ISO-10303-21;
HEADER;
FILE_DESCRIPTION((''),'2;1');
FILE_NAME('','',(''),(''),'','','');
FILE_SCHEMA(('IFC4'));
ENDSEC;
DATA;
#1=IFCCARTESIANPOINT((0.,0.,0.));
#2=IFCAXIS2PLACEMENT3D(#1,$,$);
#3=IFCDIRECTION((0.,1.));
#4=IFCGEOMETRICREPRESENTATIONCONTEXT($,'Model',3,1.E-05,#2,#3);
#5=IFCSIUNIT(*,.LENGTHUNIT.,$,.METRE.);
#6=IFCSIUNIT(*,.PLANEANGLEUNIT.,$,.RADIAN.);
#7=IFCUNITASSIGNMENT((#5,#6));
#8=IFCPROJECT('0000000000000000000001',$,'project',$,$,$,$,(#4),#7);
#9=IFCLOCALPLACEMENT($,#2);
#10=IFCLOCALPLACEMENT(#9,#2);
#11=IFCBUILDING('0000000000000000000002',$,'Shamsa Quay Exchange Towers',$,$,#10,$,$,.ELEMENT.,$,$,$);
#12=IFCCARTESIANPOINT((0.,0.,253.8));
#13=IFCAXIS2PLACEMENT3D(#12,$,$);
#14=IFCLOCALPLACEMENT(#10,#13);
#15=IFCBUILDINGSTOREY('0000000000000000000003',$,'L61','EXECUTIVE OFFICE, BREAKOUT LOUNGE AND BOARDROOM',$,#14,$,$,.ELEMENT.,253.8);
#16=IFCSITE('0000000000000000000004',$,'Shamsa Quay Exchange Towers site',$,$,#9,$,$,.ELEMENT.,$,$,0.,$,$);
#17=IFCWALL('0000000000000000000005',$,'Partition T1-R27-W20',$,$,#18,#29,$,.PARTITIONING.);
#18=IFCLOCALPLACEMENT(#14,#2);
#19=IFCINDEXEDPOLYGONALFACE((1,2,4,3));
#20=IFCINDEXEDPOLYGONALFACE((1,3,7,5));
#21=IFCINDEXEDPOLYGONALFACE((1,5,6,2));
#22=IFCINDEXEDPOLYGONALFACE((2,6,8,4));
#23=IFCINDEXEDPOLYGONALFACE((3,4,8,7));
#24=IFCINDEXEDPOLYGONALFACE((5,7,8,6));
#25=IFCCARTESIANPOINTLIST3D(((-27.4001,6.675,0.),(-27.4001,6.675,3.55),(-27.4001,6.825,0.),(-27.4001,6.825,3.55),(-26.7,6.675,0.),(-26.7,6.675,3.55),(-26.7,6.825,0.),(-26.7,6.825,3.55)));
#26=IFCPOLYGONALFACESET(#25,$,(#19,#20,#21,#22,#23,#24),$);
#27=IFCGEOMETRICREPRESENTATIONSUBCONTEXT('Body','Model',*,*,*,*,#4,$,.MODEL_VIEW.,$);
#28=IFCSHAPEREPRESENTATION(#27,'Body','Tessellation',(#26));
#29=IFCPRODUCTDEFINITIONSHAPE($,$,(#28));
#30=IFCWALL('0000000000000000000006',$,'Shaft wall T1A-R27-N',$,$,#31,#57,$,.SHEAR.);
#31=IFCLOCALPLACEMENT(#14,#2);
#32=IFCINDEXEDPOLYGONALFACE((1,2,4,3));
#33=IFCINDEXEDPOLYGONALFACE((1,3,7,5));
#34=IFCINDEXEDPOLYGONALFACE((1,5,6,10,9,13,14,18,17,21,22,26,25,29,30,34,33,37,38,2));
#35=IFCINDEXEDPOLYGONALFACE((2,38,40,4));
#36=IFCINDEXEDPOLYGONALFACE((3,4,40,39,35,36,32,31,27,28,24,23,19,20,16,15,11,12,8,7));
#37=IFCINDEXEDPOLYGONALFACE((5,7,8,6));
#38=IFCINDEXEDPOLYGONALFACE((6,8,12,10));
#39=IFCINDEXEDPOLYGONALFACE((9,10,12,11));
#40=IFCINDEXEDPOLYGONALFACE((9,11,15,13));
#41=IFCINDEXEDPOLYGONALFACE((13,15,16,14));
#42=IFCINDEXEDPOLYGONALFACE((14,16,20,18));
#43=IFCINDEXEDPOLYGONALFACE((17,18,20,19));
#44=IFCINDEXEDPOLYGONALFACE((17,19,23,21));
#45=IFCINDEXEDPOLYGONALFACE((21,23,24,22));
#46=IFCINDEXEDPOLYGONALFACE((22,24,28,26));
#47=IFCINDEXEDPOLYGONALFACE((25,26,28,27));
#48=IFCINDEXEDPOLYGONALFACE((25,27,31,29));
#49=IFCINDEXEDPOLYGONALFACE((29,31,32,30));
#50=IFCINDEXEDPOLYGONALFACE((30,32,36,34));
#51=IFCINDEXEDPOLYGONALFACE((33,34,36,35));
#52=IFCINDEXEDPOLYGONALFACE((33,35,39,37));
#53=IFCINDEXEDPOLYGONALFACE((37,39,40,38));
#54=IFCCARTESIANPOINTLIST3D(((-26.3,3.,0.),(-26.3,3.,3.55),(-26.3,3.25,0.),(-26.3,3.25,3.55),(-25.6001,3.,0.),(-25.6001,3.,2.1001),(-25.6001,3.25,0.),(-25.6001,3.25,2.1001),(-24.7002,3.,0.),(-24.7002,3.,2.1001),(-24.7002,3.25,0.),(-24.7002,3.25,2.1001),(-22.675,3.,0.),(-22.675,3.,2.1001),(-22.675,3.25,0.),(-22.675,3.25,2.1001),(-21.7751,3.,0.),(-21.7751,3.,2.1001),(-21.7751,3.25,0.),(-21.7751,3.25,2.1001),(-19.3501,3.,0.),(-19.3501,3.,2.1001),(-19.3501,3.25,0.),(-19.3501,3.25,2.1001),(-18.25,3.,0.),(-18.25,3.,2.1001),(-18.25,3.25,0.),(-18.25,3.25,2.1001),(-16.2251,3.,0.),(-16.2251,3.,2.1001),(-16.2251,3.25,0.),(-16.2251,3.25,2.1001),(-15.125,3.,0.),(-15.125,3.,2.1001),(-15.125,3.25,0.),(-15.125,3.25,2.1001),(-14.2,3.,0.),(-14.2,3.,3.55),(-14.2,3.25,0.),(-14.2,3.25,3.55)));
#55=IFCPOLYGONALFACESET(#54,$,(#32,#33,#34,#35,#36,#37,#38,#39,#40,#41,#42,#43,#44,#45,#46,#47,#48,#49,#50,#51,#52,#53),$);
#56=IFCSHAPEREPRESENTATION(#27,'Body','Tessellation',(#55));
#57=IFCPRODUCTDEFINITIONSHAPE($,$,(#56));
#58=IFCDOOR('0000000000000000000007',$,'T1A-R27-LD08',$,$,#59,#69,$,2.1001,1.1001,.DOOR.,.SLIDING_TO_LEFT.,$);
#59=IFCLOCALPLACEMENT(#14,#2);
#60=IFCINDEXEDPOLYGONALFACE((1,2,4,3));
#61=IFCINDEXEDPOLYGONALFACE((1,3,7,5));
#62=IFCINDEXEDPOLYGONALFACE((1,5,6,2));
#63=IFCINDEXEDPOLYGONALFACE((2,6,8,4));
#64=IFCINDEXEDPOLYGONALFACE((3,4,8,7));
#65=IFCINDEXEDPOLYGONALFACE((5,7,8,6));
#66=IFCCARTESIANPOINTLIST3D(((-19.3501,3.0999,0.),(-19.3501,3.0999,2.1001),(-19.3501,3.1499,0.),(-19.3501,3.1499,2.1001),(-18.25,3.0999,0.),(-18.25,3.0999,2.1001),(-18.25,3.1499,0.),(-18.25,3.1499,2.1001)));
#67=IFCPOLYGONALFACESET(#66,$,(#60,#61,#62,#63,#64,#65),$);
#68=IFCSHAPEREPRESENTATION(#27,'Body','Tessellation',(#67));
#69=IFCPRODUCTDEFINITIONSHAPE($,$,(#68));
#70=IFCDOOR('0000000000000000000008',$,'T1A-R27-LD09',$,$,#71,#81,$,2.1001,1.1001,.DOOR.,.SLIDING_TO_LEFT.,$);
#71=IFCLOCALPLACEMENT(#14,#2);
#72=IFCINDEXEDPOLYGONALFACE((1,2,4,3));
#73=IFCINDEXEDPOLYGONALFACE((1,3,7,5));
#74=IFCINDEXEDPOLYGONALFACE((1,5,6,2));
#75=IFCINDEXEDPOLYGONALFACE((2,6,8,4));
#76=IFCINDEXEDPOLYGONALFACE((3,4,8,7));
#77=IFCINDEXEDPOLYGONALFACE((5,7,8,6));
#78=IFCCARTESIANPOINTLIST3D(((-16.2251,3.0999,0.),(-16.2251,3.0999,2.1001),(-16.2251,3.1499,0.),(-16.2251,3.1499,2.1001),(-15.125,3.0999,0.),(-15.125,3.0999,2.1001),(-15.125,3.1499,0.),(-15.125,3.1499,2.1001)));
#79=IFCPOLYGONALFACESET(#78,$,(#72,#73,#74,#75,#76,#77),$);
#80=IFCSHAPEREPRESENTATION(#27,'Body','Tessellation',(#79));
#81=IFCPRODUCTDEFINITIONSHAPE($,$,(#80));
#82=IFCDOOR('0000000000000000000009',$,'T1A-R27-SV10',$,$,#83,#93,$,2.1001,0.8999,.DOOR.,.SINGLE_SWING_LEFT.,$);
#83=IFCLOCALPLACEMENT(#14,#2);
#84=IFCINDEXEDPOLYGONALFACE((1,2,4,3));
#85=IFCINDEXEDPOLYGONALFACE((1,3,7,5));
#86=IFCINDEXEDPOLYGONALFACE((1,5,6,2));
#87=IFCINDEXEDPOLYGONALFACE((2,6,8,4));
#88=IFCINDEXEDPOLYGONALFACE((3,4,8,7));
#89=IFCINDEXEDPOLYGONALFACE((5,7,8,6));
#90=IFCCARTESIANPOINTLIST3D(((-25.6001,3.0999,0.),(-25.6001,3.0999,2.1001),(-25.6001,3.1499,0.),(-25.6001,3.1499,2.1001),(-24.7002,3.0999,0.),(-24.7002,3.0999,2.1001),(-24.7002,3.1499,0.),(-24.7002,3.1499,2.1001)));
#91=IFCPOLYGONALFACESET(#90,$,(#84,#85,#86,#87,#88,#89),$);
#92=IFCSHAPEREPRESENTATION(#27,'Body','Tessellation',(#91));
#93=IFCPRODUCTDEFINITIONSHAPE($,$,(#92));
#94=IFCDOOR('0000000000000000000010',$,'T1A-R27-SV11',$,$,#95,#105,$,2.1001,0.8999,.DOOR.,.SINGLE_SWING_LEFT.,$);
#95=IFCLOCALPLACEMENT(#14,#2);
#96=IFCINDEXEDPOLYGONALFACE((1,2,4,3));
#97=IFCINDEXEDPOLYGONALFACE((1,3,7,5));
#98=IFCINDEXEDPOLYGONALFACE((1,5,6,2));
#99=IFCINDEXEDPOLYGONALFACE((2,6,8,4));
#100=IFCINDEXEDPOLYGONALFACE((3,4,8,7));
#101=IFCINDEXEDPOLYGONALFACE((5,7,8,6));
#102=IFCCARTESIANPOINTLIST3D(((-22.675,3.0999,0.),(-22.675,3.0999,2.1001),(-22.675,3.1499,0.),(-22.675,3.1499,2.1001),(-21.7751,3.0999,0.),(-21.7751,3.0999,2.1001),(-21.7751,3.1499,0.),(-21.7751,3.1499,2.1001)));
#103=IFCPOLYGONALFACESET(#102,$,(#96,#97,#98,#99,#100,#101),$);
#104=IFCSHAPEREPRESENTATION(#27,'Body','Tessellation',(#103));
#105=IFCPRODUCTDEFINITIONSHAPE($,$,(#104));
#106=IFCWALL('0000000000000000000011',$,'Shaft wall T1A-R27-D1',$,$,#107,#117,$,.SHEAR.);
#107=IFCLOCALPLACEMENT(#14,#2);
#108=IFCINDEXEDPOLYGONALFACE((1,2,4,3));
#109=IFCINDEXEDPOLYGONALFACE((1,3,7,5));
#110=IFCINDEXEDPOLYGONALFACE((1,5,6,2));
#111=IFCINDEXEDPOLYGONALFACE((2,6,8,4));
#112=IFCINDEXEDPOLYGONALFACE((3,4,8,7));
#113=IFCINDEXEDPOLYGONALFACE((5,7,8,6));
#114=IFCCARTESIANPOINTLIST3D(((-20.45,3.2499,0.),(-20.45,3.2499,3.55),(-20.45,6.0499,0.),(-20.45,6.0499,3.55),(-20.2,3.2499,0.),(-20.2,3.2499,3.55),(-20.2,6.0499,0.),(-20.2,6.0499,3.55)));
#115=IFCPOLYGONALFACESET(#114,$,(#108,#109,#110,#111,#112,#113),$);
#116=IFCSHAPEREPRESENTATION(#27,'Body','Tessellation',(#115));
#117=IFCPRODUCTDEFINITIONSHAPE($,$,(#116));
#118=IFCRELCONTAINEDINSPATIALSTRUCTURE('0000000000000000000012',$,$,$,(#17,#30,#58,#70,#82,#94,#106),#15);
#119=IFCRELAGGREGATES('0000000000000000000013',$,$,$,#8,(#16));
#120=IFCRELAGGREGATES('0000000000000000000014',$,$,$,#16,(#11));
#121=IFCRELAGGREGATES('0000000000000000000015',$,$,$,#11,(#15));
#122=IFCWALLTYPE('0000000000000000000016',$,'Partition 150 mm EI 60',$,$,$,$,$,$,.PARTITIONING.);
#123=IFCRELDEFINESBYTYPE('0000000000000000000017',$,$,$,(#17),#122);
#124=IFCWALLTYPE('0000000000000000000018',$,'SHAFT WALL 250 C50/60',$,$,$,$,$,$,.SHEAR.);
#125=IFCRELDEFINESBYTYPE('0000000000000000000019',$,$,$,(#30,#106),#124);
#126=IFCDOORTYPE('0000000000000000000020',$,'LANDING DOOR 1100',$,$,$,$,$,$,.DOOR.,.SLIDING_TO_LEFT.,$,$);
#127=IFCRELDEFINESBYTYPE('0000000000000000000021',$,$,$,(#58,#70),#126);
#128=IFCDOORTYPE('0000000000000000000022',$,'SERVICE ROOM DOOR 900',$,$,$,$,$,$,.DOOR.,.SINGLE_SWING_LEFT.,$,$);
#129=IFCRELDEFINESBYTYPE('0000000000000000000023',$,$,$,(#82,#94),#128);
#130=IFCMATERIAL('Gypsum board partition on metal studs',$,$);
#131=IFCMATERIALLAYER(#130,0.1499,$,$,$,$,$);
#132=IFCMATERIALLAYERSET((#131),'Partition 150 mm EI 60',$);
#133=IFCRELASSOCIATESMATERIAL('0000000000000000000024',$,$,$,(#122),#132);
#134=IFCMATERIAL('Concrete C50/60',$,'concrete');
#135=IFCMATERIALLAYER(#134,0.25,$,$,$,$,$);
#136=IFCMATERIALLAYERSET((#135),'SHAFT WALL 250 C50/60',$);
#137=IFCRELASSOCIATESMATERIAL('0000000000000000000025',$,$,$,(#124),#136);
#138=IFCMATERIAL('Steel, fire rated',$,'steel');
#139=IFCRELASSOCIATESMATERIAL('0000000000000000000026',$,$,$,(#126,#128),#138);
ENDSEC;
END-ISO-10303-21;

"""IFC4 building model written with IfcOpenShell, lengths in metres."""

from ifc_helpers import new_model, si_unit, direction, frame, frame_2d, origin, place, context, subcontext, project, spatial, rectangle, extrude, material, layer, layer_set, type_object, element, fill, save


model = new_model("IFC4")

# Units and contexts
model_context = context("Model", 3, precision=1e-05, world=origin(), true_north=direction((0.0, 1.0)))
body_context = subcontext(model_context, "Body", "Model", "MODEL_VIEW")
ifc_project = project(units=[si_unit("LENGTHUNIT", "METRE"), si_unit("PLANEANGLEUNIT", "RADIAN")], contexts=[model_context])

# Site, building, storey
site_placement = place(None, origin())
site = spatial("IfcSite", under=ifc_project, at=site_placement, Name="Shamsa Quay Exchange Towers site", CompositionType="ELEMENT", RefElevation=0.0)
building_placement = place(site_placement, origin())
building = spatial("IfcBuilding", under=site, at=building_placement, Name="Shamsa Quay Exchange Towers", CompositionType="ELEMENT")
storey_placement = place(building_placement, frame((0.0, 0.0, 253.8)))
storey = spatial("IfcBuildingStorey", under=building, at=storey_placement, Name="L61", Description="EXECUTIVE OFFICE, BREAKOUT LOUNGE AND BOARDROOM", CompositionType="ELEMENT", Elevation=253.8)

# Shared definitions
ifc_material_1 = material(Name="Steel, fire rated", Category="steel")

# Shared definitions
ifc_material_2 = material(Name="Gypsum board partition on metal studs")
ifc_layer_1 = layer(ifc_material_2, 0.1499)
ifc_layer_set_1 = layer_set([ifc_layer_1], Name="Partition 150 mm EI 60")
wall_type_1 = type_object("IfcWallType", Name="Partition 150 mm EI 60", PredefinedType="PARTITIONING", material=ifc_layer_set_1)

# Wall
wall_1_placement = place(storey_placement, frame((-26.7, 6.75, 0.0), z_axis=(0.0, 0.0, 1.0), x_axis=(-1.0, 0.0, 0.0)))
element("IfcWall", 1, at=wall_1_placement, inside=storey, type_object=wall_type_1, Name="Partition T1-R27-W20", PredefinedType="PARTITIONING", context=body_context, shape_type="SweptSolid", body=[
    extrude(rectangle(XDim=0.7002, YDim=0.1499, at=frame_2d((0.3501, 0.0))), origin(), (0.0, 0.0, 1.0), 3.55),
])

# Wall, openings, doors
ifc_material_3 = material(Name="Concrete C50/60", Category="concrete")
ifc_layer_2 = layer(ifc_material_3, 0.25)
ifc_layer_set_2 = layer_set([ifc_layer_2], Name="SHAFT WALL 250 C50/60")
wall_type_2 = type_object("IfcWallType", Name="SHAFT WALL 250 C50/60", PredefinedType="SHEAR", material=ifc_layer_set_2)
wall_2_placement = place(storey_placement, frame((-26.3, 3.125, 0.0)))
wall_2 = element("IfcWall", 2, at=wall_2_placement, inside=storey, type_object=wall_type_2, Name="Shaft wall T1A-R27-N", PredefinedType="SHEAR", context=body_context, shape_type="SweptSolid", body=[
    extrude(rectangle(XDim=12.1001, YDim=0.25, at=frame_2d((6.05, 0.0))), origin(), (0.0, 0.0, 1.0), 3.55),
])
opening_1_placement = place(wall_2_placement, frame((6.95, 0.0, 0.0)))
opening_1 = element("IfcOpeningElement", 3, at=opening_1_placement, cuts=wall_2, PredefinedType="OPENING", context=body_context, shape_type="SweptSolid", body=[
    extrude(rectangle(XDim=1.1001, YDim=2.1001, at=frame_2d((0.55, 1.05))), frame((0.0, 0.135, 0.0), z_axis=(0.0, -1.0, 0.0), x_axis=(1.0, 0.0, 0.0)), (0.0, 0.0, 1.0), 0.27),
])
opening_2_placement = place(wall_2_placement, frame((10.075, 0.0, 0.0)))
opening_2 = element("IfcOpeningElement", 4, at=opening_2_placement, cuts=wall_2, PredefinedType="OPENING", context=body_context, shape_type="SweptSolid", body=[
    extrude(rectangle(XDim=1.1001, YDim=2.1001, at=frame_2d((0.55, 1.05))), frame((0.0, 0.135, 0.0), z_axis=(0.0, -1.0, 0.0), x_axis=(1.0, 0.0, 0.0)), (0.0, 0.0, 1.0), 0.27),
])
opening_3_placement = place(wall_2_placement, frame((0.7, 0.0, 0.0)))
opening_3 = element("IfcOpeningElement", 5, at=opening_3_placement, cuts=wall_2, PredefinedType="OPENING", context=body_context, shape_type="SweptSolid", body=[
    extrude(rectangle(XDim=0.8999, YDim=2.1001, at=frame_2d((0.45, 1.05))), frame((0.0, 0.135, 0.0), z_axis=(0.0, -1.0, 0.0), x_axis=(1.0, 0.0, 0.0)), (0.0, 0.0, 1.0), 0.27),
])
opening_4_placement = place(wall_2_placement, frame((3.625, 0.0, 0.0)))
opening_4 = element("IfcOpeningElement", 6, at=opening_4_placement, cuts=wall_2, PredefinedType="OPENING", context=body_context, shape_type="SweptSolid", body=[
    extrude(rectangle(XDim=0.8999, YDim=2.1001, at=frame_2d((0.45, 1.05))), frame((0.0, 0.135, 0.0), z_axis=(0.0, -1.0, 0.0), x_axis=(1.0, 0.0, 0.0)), (0.0, 0.0, 1.0), 0.27),
])
door_type_1 = type_object("IfcDoorType", Name="LANDING DOOR 1100", OperationType="SLIDING_TO_LEFT", PredefinedType="DOOR", material=ifc_material_1)
door_1_placement = place(opening_1_placement, origin())
door_1 = element("IfcDoor", 7, at=door_1_placement, inside=storey, type_object=door_type_1, Name="T1A-R27-LD08", OperationType="SLIDING_TO_LEFT", OverallHeight=2.1001, OverallWidth=1.1001, PredefinedType="DOOR", context=body_context, shape_type="SweptSolid", body=[
    extrude(rectangle(XDim=1.1001, YDim=2.1001, at=frame_2d((0.55, 1.05))), frame((0.0, 0.0249, 0.0), z_axis=(0.0, -1.0, 0.0), x_axis=(1.0, 0.0, 0.0)), (0.0, 0.0, 1.0), 0.05),
])
fill(opening_1, door_1)
door_2_placement = place(opening_2_placement, origin())
door_2 = element("IfcDoor", 8, at=door_2_placement, inside=storey, type_object=door_type_1, Name="T1A-R27-LD09", OperationType="SLIDING_TO_LEFT", OverallHeight=2.1001, OverallWidth=1.1001, PredefinedType="DOOR", context=body_context, shape_type="SweptSolid", body=[
    extrude(rectangle(XDim=1.1001, YDim=2.1001, at=frame_2d((0.55, 1.05))), frame((0.0, 0.0249, 0.0), z_axis=(0.0, -1.0, 0.0), x_axis=(1.0, 0.0, 0.0)), (0.0, 0.0, 1.0), 0.05),
])
fill(opening_2, door_2)
door_type_2 = type_object("IfcDoorType", Name="SERVICE ROOM DOOR 900", OperationType="SINGLE_SWING_LEFT", PredefinedType="DOOR", material=ifc_material_1)
door_3_placement = place(opening_3_placement, origin())
door_3 = element("IfcDoor", 9, at=door_3_placement, inside=storey, type_object=door_type_2, Name="T1A-R27-SV10", OperationType="SINGLE_SWING_LEFT", OverallHeight=2.1001, OverallWidth=0.8999, PredefinedType="DOOR", context=body_context, shape_type="SweptSolid", body=[
    extrude(rectangle(XDim=0.8999, YDim=2.1001, at=frame_2d((0.45, 1.05))), frame((0.0, 0.0249, 0.0), z_axis=(0.0, -1.0, 0.0), x_axis=(1.0, 0.0, 0.0)), (0.0, 0.0, 1.0), 0.05),
])
fill(opening_3, door_3)
door_4_placement = place(opening_4_placement, origin())
door_4 = element("IfcDoor", 10, at=door_4_placement, inside=storey, type_object=door_type_2, Name="T1A-R27-SV11", OperationType="SINGLE_SWING_LEFT", OverallHeight=2.1001, OverallWidth=0.8999, PredefinedType="DOOR", context=body_context, shape_type="SweptSolid", body=[
    extrude(rectangle(XDim=0.8999, YDim=2.1001, at=frame_2d((0.45, 1.05))), frame((0.0, 0.0249, 0.0), z_axis=(0.0, -1.0, 0.0), x_axis=(1.0, 0.0, 0.0)), (0.0, 0.0, 1.0), 0.05),
])
fill(opening_4, door_4)

# Wall
wall_3_placement = place(storey_placement, frame((-20.325, 3.25, 0.0), z_axis=(0.0, 0.0, 1.0), x_axis=(0.0, 1.0, 0.0)))
element("IfcWall", 11, at=wall_3_placement, inside=storey, type_object=wall_type_2, Name="Shaft wall T1A-R27-D1", PredefinedType="SHEAR", context=body_context, shape_type="SweptSolid", body=[
    extrude(rectangle(XDim=2.8, YDim=0.25, at=frame_2d((1.3999, 0.0))), origin(), (0.0, 0.0, 1.0), 3.55),
])

save(model, "model.ifc")
